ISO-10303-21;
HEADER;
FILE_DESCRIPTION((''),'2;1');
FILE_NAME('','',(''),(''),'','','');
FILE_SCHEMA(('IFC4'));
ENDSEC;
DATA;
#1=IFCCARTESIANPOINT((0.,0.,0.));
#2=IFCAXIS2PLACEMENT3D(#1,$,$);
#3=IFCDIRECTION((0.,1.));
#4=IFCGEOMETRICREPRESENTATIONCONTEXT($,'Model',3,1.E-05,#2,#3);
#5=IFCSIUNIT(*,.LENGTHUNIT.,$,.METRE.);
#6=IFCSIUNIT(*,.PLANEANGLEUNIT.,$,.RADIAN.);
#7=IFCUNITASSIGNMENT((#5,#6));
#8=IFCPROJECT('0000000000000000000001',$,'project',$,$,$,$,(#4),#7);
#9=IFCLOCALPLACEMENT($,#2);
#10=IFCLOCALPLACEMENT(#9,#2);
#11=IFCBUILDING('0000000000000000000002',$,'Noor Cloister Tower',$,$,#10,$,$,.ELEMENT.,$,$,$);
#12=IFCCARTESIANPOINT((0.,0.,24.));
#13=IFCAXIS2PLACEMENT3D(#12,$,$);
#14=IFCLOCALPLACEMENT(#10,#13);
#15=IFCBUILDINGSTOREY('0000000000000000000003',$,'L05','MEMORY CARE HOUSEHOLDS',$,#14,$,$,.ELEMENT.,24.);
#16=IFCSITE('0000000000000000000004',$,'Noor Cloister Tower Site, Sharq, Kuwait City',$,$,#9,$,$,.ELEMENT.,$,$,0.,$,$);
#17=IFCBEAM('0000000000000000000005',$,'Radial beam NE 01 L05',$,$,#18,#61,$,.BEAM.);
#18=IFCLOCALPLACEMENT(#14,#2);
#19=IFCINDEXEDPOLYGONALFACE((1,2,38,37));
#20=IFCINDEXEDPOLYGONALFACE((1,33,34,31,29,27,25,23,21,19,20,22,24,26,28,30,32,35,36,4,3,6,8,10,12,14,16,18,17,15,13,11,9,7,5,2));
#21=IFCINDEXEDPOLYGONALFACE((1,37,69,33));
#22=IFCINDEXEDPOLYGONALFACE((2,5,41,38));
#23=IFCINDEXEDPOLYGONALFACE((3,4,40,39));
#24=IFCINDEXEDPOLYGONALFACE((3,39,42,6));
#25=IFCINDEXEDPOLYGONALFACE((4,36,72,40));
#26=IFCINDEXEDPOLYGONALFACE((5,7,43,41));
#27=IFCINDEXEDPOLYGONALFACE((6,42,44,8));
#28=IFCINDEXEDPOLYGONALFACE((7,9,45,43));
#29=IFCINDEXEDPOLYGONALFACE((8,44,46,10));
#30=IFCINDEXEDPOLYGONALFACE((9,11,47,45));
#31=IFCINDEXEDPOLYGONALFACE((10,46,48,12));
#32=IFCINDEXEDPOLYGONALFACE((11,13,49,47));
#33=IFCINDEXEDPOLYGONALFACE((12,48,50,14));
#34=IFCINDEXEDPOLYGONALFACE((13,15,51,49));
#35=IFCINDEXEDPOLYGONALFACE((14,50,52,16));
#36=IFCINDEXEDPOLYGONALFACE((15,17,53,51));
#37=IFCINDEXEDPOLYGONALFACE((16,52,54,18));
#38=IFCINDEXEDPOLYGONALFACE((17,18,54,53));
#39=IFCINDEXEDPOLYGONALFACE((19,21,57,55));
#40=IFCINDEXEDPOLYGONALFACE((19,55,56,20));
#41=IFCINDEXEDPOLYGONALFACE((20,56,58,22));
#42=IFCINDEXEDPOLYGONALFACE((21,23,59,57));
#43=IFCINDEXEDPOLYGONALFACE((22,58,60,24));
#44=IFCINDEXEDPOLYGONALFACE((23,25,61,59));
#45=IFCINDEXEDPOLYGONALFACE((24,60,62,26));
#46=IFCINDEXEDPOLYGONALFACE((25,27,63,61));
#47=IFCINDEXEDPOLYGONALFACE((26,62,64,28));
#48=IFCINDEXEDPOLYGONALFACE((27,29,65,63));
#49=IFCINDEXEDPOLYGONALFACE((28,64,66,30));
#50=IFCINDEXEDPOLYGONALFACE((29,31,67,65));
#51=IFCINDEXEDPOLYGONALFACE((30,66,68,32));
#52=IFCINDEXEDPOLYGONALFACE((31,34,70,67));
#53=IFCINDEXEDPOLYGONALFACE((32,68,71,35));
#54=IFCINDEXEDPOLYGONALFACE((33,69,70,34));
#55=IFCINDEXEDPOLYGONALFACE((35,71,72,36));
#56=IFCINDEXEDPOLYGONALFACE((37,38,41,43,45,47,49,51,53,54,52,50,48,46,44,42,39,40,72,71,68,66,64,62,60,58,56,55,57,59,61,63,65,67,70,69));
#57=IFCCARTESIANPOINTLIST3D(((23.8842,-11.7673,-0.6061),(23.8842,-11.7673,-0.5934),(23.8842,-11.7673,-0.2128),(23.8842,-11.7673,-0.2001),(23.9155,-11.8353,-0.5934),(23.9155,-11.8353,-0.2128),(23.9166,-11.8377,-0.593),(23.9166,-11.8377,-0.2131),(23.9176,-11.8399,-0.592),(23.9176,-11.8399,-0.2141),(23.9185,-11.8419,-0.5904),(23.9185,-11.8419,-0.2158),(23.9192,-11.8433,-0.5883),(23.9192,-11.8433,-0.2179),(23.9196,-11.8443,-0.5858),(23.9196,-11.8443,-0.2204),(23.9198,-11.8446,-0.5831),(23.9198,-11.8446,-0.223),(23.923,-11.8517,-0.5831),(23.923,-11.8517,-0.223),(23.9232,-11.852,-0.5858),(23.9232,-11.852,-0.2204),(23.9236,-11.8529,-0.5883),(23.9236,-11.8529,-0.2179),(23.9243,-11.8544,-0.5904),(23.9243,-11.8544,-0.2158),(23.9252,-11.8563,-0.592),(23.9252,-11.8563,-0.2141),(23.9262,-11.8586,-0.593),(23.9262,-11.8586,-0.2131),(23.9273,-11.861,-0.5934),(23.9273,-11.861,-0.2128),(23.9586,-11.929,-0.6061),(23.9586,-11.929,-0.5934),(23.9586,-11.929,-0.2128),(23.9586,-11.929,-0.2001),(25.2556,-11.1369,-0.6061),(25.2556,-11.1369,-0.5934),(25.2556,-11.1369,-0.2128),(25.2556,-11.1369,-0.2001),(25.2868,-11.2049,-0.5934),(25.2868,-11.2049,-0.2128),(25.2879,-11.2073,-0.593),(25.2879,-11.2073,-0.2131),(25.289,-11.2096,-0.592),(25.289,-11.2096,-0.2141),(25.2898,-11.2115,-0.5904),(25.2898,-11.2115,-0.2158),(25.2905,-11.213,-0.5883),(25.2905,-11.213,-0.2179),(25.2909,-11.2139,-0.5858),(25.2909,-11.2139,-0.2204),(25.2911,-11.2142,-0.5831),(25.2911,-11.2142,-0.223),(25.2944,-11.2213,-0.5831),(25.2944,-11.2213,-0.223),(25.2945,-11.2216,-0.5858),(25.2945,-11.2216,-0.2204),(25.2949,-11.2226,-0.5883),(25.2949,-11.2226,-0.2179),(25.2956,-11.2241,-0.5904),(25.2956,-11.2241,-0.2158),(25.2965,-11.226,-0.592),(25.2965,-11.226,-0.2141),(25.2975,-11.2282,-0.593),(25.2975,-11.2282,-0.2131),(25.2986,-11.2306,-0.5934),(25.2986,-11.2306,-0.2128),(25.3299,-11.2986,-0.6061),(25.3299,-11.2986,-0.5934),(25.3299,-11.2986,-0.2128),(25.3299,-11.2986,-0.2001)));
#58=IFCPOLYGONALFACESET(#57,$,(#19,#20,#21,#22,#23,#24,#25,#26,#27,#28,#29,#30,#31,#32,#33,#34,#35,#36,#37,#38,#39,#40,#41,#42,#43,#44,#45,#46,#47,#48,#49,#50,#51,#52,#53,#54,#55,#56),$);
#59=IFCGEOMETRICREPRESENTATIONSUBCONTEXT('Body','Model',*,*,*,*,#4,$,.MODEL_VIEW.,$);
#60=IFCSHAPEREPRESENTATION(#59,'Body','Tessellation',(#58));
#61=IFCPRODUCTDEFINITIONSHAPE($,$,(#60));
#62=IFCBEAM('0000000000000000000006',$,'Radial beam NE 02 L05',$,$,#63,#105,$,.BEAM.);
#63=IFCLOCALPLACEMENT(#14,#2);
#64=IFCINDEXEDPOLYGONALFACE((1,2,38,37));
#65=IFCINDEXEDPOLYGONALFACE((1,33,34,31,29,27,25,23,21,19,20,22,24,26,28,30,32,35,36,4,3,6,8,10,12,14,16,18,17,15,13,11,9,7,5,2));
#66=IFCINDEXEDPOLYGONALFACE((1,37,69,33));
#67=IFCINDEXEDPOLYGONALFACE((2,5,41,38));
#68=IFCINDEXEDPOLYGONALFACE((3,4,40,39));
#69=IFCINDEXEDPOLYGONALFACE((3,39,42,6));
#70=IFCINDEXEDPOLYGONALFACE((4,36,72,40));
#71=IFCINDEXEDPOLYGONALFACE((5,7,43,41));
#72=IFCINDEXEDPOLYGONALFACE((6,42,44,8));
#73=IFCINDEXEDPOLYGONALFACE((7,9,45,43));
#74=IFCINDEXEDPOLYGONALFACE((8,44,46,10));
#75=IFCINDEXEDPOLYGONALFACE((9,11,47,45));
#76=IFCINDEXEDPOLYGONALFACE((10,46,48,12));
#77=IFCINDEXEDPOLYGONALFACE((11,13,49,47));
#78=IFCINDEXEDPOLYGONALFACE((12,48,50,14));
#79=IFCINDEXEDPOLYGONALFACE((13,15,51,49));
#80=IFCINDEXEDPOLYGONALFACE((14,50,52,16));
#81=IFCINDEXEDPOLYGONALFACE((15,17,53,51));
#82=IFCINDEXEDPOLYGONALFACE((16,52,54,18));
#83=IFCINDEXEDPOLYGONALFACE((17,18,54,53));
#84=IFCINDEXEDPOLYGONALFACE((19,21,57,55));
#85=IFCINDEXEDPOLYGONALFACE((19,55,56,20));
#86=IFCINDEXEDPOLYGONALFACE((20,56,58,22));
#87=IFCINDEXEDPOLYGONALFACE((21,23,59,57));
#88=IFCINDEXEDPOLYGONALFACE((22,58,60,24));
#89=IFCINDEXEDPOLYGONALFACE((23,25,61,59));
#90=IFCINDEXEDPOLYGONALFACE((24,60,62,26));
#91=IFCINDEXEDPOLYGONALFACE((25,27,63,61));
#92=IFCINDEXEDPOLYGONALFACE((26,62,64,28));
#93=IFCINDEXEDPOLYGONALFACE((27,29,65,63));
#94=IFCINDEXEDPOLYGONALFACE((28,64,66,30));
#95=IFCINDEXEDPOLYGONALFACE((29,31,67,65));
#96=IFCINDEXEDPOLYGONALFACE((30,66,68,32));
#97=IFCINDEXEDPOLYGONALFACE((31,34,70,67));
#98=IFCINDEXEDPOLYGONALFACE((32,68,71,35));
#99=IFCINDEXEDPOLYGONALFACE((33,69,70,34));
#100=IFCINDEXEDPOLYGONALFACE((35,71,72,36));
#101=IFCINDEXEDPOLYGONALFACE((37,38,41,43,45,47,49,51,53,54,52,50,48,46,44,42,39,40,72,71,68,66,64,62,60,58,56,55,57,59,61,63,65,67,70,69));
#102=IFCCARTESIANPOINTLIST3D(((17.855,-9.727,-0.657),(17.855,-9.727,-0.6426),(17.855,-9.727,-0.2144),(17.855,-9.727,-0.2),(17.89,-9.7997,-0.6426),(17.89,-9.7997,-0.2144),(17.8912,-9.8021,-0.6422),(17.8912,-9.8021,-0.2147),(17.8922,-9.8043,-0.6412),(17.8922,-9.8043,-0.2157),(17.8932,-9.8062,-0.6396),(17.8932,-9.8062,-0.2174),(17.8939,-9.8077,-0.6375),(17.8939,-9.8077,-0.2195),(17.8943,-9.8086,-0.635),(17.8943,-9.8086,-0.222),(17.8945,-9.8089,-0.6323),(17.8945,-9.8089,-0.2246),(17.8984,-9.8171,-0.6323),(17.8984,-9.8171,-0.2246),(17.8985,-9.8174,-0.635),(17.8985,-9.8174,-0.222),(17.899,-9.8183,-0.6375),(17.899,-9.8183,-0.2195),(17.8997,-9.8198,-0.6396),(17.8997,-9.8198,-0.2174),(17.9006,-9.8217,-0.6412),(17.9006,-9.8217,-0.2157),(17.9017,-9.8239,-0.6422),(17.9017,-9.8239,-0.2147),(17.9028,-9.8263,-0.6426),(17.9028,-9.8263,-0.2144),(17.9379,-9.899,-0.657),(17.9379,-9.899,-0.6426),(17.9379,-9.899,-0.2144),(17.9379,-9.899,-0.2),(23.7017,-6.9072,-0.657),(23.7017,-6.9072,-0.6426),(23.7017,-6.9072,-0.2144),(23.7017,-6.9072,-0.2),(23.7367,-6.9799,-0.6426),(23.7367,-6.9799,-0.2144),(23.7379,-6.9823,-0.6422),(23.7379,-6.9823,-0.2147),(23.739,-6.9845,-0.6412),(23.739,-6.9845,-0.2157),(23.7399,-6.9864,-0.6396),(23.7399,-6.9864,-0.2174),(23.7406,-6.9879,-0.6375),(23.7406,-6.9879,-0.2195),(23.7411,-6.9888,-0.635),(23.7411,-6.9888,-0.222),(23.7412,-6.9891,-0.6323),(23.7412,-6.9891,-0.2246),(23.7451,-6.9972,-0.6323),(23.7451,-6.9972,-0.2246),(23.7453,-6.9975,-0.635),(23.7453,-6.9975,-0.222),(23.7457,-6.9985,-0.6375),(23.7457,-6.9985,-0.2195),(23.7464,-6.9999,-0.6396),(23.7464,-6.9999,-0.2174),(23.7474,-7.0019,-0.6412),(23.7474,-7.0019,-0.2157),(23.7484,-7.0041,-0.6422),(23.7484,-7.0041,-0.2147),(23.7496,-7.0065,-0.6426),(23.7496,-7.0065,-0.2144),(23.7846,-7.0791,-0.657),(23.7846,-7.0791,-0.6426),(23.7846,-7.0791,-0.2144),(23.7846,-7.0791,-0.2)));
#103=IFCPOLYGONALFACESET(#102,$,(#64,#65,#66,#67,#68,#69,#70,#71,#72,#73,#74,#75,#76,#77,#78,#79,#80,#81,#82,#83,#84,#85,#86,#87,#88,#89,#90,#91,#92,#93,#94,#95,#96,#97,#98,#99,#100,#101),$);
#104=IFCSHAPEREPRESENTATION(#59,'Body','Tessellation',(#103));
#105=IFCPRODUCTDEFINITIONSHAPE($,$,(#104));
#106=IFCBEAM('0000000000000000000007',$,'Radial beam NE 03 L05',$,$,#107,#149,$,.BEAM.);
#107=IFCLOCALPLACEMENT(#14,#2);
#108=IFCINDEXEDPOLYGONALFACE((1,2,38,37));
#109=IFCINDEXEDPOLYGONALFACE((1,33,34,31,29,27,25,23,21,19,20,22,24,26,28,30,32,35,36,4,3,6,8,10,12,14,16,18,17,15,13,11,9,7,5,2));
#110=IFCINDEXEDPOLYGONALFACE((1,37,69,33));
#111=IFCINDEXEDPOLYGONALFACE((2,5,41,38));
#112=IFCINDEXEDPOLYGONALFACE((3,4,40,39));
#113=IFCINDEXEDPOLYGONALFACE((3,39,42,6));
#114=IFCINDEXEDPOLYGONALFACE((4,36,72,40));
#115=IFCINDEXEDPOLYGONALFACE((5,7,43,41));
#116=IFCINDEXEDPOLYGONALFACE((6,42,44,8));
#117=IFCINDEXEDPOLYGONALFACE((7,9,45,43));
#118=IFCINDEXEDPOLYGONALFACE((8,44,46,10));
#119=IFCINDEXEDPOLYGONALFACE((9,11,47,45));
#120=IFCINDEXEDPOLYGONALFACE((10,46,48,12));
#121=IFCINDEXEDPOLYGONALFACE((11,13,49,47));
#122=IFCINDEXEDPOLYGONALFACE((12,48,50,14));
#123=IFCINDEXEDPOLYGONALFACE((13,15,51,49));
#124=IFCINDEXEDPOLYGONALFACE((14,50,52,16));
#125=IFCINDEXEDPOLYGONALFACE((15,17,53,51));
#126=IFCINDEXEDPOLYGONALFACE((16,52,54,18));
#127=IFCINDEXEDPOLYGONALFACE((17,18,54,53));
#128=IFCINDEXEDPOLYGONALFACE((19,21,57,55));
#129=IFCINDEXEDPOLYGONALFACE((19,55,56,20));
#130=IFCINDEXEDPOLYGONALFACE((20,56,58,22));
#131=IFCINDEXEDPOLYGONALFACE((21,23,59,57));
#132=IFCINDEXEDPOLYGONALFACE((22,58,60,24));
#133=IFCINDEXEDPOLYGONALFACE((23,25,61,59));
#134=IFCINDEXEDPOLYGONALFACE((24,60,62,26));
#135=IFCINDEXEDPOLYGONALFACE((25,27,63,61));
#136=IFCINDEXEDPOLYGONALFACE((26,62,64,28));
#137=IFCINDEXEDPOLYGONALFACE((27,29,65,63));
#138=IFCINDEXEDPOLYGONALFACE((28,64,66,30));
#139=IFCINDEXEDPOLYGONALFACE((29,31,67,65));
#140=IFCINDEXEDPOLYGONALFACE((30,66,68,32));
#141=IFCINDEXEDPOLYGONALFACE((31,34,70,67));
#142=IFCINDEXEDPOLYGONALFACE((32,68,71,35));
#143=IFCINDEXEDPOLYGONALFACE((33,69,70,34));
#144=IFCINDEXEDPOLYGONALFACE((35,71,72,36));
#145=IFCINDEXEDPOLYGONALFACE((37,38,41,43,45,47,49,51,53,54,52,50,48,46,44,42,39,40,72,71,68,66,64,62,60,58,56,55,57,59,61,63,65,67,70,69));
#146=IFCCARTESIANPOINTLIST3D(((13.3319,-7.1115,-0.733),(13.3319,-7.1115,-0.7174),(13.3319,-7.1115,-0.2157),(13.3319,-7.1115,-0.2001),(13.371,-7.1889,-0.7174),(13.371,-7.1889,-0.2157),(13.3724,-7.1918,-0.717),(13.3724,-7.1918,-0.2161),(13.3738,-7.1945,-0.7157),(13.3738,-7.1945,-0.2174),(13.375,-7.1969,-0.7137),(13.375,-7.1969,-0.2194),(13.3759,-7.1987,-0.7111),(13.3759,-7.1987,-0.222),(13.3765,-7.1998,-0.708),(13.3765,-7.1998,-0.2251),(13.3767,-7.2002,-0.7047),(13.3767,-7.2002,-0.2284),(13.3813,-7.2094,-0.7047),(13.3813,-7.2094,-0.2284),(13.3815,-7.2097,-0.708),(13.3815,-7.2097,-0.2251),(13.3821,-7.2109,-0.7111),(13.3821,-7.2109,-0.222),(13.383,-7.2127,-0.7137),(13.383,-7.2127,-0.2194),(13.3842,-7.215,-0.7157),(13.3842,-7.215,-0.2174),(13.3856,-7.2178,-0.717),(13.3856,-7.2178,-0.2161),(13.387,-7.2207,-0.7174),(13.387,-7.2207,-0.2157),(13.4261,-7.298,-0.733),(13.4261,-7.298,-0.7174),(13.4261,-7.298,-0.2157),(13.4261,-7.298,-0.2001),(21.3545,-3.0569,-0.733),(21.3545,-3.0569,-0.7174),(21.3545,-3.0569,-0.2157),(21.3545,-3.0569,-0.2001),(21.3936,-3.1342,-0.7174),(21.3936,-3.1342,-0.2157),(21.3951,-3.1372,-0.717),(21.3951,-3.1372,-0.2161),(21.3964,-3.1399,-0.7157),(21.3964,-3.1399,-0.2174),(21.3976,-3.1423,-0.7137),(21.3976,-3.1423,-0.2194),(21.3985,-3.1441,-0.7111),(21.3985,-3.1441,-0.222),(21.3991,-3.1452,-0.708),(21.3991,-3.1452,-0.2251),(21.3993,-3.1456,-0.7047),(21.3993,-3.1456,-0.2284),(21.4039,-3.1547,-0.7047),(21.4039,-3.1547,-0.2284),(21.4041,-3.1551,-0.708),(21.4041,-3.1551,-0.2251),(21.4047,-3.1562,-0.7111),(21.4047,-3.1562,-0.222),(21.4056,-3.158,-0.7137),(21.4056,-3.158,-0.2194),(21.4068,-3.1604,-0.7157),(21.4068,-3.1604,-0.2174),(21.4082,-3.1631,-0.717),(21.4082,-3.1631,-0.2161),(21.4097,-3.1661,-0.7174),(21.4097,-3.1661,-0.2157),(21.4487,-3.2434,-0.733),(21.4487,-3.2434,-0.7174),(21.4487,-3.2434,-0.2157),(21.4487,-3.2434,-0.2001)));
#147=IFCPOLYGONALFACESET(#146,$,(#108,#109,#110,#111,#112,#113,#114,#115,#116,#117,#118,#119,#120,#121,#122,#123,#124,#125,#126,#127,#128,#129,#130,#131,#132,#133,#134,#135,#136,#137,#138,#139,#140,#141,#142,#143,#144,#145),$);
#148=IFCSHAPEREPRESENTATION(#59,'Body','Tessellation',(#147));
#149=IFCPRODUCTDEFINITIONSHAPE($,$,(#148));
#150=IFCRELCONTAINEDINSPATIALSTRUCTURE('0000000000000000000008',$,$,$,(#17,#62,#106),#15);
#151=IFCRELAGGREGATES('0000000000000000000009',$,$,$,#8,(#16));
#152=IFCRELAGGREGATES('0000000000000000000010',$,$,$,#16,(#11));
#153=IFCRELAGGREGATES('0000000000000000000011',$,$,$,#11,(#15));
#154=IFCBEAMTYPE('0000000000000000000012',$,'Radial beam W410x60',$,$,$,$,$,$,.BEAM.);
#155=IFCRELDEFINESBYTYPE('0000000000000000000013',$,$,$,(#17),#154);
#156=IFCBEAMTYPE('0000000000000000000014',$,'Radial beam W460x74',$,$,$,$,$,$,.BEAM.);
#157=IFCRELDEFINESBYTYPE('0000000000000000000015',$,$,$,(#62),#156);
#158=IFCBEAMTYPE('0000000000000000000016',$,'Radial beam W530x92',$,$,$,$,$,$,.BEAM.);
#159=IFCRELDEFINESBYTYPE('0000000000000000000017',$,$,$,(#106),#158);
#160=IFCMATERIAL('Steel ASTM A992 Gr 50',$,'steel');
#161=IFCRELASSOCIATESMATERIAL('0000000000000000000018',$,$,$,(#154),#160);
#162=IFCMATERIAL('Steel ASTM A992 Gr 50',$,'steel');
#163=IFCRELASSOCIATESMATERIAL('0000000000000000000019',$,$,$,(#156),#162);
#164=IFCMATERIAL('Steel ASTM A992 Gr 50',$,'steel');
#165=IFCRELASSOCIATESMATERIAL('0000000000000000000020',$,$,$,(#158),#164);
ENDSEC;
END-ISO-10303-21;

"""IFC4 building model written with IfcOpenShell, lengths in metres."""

from ifc_helpers import new_model, si_unit, direction, frame, origin, origin_2d, place, context, subcontext, project, spatial, i_section, extrude, material, material_profile, profile_set, type_object, element, save


model = new_model("IFC4")

# Units and contexts
model_context = context("Model", 3, precision=1e-05, world=origin(), true_north=direction((0.0, 1.0)))
body_context = subcontext(model_context, "Body", "Model", "MODEL_VIEW")
ifc_project = project(units=[si_unit("LENGTHUNIT", "METRE"), si_unit("PLANEANGLEUNIT", "RADIAN")], contexts=[model_context])

# Site, building, storey
site_placement = place(None, origin())
site = spatial("IfcSite", under=ifc_project, at=site_placement, Name="Noor Cloister Tower Site, Sharq, Kuwait City", CompositionType="ELEMENT", RefElevation=0.0)
building_placement = place(site_placement, origin())
building = spatial("IfcBuilding", under=site, at=building_placement, Name="Noor Cloister Tower", CompositionType="ELEMENT")
storey_placement = place(building_placement, frame((0.0, 0.0, 24.0)))
storey = spatial("IfcBuildingStorey", under=building, at=storey_placement, Name="L05", Description="MEMORY CARE HOUSEHOLDS", CompositionType="ELEMENT", Elevation=24.0)

# Beams
ifc_material_1 = material(Name="Steel ASTM A992 Gr 50", Category="steel")
ifc_material_profile_1 = material_profile(ifc_material_1, i_section(OverallWidth=0.178, OverallDepth=0.406, WebThickness=0.0078, FlangeThickness=0.0127, FilletRadius=0.0103, at=origin_2d()), Name="W410x60")
ifc_profile_set_1 = profile_set([ifc_material_profile_1], Name="Steel ASTM A992 Gr 50")
beam_type_1 = type_object("IfcBeamType", Name="Radial beam W410x60", PredefinedType="BEAM", material=ifc_profile_set_1)
beam_1_placement = place(storey_placement, frame((25.2927, -11.2178, -0.4031), z_axis=(-0.908602, -0.417663, 0.0), x_axis=(0.417663, -0.908602, 0.0)))
element("IfcBeam", 1, at=beam_1_placement, inside=storey, type_object=beam_type_1, Name="Radial beam NE 01 L05", PredefinedType="BEAM", context=body_context, shape_type="SweptSolid", body=[
    extrude(i_section(OverallWidth=0.178, OverallDepth=0.406, WebThickness=0.0078, FlangeThickness=0.0127, FilletRadius=0.0103, at=origin_2d()), origin(), (0.0, 0.0, 1.0), 1.5093),
])
ifc_material_2 = material(Name="Steel ASTM A992 Gr 50", Category="steel")
ifc_material_profile_2 = material_profile(ifc_material_2, i_section(OverallWidth=0.1909, OverallDepth=0.457, WebThickness=0.009, FlangeThickness=0.0144, FilletRadius=0.0103, at=origin_2d()), Name="W460x74")
ifc_profile_set_2 = profile_set([ifc_material_profile_2], Name="Steel ASTM A992 Gr 50")
beam_type_2 = type_object("IfcBeamType", Name="Radial beam W460x74", PredefinedType="BEAM", material=ifc_profile_set_2)
beam_2_placement = place(storey_placement, frame((23.7432, -6.9932, -0.4285), z_axis=(-0.900715, -0.43441, 0.0), x_axis=(0.43441, -0.900715, 0.0)))
element("IfcBeam", 2, at=beam_2_placement, inside=storey, type_object=beam_type_2, Name="Radial beam NE 02 L05", PredefinedType="BEAM", context=body_context, shape_type="SweptSolid", body=[
    extrude(i_section(OverallWidth=0.1909, OverallDepth=0.457, WebThickness=0.009, FlangeThickness=0.0144, FilletRadius=0.0103, at=origin_2d()), origin(), (0.0, 0.0, 1.0), 6.4912),
])
ifc_material_3 = material(Name="Steel ASTM A992 Gr 50", Category="steel")
ifc_material_profile_3 = material_profile(ifc_material_3, i_section(OverallWidth=0.209, OverallDepth=0.533, WebThickness=0.0103, FlangeThickness=0.0156, FilletRadius=0.0127, at=origin_2d()), Name="W530x92")
ifc_profile_set_3 = profile_set([ifc_material_profile_3], Name="Steel ASTM A992 Gr 50")
beam_type_3 = type_object("IfcBeamType", Name="Radial beam W530x92", PredefinedType="BEAM", material=ifc_profile_set_3)
beam_3_placement = place(storey_placement, frame((21.4016, -3.1501, -0.4666), z_axis=(-0.892491, -0.451066, 0.0), x_axis=(0.451066, -0.892491, 0.0)))
element("IfcBeam", 3, at=beam_3_placement, inside=storey, type_object=beam_type_3, Name="Radial beam NE 03 L05", PredefinedType="BEAM", context=body_context, shape_type="SweptSolid", body=[
    extrude(i_section(OverallWidth=0.209, OverallDepth=0.533, WebThickness=0.0103, FlangeThickness=0.0156, FilletRadius=0.0127, at=origin_2d()), origin(), (0.0, 0.0, 1.0), 8.989),
])

save(model, "model.ifc")
